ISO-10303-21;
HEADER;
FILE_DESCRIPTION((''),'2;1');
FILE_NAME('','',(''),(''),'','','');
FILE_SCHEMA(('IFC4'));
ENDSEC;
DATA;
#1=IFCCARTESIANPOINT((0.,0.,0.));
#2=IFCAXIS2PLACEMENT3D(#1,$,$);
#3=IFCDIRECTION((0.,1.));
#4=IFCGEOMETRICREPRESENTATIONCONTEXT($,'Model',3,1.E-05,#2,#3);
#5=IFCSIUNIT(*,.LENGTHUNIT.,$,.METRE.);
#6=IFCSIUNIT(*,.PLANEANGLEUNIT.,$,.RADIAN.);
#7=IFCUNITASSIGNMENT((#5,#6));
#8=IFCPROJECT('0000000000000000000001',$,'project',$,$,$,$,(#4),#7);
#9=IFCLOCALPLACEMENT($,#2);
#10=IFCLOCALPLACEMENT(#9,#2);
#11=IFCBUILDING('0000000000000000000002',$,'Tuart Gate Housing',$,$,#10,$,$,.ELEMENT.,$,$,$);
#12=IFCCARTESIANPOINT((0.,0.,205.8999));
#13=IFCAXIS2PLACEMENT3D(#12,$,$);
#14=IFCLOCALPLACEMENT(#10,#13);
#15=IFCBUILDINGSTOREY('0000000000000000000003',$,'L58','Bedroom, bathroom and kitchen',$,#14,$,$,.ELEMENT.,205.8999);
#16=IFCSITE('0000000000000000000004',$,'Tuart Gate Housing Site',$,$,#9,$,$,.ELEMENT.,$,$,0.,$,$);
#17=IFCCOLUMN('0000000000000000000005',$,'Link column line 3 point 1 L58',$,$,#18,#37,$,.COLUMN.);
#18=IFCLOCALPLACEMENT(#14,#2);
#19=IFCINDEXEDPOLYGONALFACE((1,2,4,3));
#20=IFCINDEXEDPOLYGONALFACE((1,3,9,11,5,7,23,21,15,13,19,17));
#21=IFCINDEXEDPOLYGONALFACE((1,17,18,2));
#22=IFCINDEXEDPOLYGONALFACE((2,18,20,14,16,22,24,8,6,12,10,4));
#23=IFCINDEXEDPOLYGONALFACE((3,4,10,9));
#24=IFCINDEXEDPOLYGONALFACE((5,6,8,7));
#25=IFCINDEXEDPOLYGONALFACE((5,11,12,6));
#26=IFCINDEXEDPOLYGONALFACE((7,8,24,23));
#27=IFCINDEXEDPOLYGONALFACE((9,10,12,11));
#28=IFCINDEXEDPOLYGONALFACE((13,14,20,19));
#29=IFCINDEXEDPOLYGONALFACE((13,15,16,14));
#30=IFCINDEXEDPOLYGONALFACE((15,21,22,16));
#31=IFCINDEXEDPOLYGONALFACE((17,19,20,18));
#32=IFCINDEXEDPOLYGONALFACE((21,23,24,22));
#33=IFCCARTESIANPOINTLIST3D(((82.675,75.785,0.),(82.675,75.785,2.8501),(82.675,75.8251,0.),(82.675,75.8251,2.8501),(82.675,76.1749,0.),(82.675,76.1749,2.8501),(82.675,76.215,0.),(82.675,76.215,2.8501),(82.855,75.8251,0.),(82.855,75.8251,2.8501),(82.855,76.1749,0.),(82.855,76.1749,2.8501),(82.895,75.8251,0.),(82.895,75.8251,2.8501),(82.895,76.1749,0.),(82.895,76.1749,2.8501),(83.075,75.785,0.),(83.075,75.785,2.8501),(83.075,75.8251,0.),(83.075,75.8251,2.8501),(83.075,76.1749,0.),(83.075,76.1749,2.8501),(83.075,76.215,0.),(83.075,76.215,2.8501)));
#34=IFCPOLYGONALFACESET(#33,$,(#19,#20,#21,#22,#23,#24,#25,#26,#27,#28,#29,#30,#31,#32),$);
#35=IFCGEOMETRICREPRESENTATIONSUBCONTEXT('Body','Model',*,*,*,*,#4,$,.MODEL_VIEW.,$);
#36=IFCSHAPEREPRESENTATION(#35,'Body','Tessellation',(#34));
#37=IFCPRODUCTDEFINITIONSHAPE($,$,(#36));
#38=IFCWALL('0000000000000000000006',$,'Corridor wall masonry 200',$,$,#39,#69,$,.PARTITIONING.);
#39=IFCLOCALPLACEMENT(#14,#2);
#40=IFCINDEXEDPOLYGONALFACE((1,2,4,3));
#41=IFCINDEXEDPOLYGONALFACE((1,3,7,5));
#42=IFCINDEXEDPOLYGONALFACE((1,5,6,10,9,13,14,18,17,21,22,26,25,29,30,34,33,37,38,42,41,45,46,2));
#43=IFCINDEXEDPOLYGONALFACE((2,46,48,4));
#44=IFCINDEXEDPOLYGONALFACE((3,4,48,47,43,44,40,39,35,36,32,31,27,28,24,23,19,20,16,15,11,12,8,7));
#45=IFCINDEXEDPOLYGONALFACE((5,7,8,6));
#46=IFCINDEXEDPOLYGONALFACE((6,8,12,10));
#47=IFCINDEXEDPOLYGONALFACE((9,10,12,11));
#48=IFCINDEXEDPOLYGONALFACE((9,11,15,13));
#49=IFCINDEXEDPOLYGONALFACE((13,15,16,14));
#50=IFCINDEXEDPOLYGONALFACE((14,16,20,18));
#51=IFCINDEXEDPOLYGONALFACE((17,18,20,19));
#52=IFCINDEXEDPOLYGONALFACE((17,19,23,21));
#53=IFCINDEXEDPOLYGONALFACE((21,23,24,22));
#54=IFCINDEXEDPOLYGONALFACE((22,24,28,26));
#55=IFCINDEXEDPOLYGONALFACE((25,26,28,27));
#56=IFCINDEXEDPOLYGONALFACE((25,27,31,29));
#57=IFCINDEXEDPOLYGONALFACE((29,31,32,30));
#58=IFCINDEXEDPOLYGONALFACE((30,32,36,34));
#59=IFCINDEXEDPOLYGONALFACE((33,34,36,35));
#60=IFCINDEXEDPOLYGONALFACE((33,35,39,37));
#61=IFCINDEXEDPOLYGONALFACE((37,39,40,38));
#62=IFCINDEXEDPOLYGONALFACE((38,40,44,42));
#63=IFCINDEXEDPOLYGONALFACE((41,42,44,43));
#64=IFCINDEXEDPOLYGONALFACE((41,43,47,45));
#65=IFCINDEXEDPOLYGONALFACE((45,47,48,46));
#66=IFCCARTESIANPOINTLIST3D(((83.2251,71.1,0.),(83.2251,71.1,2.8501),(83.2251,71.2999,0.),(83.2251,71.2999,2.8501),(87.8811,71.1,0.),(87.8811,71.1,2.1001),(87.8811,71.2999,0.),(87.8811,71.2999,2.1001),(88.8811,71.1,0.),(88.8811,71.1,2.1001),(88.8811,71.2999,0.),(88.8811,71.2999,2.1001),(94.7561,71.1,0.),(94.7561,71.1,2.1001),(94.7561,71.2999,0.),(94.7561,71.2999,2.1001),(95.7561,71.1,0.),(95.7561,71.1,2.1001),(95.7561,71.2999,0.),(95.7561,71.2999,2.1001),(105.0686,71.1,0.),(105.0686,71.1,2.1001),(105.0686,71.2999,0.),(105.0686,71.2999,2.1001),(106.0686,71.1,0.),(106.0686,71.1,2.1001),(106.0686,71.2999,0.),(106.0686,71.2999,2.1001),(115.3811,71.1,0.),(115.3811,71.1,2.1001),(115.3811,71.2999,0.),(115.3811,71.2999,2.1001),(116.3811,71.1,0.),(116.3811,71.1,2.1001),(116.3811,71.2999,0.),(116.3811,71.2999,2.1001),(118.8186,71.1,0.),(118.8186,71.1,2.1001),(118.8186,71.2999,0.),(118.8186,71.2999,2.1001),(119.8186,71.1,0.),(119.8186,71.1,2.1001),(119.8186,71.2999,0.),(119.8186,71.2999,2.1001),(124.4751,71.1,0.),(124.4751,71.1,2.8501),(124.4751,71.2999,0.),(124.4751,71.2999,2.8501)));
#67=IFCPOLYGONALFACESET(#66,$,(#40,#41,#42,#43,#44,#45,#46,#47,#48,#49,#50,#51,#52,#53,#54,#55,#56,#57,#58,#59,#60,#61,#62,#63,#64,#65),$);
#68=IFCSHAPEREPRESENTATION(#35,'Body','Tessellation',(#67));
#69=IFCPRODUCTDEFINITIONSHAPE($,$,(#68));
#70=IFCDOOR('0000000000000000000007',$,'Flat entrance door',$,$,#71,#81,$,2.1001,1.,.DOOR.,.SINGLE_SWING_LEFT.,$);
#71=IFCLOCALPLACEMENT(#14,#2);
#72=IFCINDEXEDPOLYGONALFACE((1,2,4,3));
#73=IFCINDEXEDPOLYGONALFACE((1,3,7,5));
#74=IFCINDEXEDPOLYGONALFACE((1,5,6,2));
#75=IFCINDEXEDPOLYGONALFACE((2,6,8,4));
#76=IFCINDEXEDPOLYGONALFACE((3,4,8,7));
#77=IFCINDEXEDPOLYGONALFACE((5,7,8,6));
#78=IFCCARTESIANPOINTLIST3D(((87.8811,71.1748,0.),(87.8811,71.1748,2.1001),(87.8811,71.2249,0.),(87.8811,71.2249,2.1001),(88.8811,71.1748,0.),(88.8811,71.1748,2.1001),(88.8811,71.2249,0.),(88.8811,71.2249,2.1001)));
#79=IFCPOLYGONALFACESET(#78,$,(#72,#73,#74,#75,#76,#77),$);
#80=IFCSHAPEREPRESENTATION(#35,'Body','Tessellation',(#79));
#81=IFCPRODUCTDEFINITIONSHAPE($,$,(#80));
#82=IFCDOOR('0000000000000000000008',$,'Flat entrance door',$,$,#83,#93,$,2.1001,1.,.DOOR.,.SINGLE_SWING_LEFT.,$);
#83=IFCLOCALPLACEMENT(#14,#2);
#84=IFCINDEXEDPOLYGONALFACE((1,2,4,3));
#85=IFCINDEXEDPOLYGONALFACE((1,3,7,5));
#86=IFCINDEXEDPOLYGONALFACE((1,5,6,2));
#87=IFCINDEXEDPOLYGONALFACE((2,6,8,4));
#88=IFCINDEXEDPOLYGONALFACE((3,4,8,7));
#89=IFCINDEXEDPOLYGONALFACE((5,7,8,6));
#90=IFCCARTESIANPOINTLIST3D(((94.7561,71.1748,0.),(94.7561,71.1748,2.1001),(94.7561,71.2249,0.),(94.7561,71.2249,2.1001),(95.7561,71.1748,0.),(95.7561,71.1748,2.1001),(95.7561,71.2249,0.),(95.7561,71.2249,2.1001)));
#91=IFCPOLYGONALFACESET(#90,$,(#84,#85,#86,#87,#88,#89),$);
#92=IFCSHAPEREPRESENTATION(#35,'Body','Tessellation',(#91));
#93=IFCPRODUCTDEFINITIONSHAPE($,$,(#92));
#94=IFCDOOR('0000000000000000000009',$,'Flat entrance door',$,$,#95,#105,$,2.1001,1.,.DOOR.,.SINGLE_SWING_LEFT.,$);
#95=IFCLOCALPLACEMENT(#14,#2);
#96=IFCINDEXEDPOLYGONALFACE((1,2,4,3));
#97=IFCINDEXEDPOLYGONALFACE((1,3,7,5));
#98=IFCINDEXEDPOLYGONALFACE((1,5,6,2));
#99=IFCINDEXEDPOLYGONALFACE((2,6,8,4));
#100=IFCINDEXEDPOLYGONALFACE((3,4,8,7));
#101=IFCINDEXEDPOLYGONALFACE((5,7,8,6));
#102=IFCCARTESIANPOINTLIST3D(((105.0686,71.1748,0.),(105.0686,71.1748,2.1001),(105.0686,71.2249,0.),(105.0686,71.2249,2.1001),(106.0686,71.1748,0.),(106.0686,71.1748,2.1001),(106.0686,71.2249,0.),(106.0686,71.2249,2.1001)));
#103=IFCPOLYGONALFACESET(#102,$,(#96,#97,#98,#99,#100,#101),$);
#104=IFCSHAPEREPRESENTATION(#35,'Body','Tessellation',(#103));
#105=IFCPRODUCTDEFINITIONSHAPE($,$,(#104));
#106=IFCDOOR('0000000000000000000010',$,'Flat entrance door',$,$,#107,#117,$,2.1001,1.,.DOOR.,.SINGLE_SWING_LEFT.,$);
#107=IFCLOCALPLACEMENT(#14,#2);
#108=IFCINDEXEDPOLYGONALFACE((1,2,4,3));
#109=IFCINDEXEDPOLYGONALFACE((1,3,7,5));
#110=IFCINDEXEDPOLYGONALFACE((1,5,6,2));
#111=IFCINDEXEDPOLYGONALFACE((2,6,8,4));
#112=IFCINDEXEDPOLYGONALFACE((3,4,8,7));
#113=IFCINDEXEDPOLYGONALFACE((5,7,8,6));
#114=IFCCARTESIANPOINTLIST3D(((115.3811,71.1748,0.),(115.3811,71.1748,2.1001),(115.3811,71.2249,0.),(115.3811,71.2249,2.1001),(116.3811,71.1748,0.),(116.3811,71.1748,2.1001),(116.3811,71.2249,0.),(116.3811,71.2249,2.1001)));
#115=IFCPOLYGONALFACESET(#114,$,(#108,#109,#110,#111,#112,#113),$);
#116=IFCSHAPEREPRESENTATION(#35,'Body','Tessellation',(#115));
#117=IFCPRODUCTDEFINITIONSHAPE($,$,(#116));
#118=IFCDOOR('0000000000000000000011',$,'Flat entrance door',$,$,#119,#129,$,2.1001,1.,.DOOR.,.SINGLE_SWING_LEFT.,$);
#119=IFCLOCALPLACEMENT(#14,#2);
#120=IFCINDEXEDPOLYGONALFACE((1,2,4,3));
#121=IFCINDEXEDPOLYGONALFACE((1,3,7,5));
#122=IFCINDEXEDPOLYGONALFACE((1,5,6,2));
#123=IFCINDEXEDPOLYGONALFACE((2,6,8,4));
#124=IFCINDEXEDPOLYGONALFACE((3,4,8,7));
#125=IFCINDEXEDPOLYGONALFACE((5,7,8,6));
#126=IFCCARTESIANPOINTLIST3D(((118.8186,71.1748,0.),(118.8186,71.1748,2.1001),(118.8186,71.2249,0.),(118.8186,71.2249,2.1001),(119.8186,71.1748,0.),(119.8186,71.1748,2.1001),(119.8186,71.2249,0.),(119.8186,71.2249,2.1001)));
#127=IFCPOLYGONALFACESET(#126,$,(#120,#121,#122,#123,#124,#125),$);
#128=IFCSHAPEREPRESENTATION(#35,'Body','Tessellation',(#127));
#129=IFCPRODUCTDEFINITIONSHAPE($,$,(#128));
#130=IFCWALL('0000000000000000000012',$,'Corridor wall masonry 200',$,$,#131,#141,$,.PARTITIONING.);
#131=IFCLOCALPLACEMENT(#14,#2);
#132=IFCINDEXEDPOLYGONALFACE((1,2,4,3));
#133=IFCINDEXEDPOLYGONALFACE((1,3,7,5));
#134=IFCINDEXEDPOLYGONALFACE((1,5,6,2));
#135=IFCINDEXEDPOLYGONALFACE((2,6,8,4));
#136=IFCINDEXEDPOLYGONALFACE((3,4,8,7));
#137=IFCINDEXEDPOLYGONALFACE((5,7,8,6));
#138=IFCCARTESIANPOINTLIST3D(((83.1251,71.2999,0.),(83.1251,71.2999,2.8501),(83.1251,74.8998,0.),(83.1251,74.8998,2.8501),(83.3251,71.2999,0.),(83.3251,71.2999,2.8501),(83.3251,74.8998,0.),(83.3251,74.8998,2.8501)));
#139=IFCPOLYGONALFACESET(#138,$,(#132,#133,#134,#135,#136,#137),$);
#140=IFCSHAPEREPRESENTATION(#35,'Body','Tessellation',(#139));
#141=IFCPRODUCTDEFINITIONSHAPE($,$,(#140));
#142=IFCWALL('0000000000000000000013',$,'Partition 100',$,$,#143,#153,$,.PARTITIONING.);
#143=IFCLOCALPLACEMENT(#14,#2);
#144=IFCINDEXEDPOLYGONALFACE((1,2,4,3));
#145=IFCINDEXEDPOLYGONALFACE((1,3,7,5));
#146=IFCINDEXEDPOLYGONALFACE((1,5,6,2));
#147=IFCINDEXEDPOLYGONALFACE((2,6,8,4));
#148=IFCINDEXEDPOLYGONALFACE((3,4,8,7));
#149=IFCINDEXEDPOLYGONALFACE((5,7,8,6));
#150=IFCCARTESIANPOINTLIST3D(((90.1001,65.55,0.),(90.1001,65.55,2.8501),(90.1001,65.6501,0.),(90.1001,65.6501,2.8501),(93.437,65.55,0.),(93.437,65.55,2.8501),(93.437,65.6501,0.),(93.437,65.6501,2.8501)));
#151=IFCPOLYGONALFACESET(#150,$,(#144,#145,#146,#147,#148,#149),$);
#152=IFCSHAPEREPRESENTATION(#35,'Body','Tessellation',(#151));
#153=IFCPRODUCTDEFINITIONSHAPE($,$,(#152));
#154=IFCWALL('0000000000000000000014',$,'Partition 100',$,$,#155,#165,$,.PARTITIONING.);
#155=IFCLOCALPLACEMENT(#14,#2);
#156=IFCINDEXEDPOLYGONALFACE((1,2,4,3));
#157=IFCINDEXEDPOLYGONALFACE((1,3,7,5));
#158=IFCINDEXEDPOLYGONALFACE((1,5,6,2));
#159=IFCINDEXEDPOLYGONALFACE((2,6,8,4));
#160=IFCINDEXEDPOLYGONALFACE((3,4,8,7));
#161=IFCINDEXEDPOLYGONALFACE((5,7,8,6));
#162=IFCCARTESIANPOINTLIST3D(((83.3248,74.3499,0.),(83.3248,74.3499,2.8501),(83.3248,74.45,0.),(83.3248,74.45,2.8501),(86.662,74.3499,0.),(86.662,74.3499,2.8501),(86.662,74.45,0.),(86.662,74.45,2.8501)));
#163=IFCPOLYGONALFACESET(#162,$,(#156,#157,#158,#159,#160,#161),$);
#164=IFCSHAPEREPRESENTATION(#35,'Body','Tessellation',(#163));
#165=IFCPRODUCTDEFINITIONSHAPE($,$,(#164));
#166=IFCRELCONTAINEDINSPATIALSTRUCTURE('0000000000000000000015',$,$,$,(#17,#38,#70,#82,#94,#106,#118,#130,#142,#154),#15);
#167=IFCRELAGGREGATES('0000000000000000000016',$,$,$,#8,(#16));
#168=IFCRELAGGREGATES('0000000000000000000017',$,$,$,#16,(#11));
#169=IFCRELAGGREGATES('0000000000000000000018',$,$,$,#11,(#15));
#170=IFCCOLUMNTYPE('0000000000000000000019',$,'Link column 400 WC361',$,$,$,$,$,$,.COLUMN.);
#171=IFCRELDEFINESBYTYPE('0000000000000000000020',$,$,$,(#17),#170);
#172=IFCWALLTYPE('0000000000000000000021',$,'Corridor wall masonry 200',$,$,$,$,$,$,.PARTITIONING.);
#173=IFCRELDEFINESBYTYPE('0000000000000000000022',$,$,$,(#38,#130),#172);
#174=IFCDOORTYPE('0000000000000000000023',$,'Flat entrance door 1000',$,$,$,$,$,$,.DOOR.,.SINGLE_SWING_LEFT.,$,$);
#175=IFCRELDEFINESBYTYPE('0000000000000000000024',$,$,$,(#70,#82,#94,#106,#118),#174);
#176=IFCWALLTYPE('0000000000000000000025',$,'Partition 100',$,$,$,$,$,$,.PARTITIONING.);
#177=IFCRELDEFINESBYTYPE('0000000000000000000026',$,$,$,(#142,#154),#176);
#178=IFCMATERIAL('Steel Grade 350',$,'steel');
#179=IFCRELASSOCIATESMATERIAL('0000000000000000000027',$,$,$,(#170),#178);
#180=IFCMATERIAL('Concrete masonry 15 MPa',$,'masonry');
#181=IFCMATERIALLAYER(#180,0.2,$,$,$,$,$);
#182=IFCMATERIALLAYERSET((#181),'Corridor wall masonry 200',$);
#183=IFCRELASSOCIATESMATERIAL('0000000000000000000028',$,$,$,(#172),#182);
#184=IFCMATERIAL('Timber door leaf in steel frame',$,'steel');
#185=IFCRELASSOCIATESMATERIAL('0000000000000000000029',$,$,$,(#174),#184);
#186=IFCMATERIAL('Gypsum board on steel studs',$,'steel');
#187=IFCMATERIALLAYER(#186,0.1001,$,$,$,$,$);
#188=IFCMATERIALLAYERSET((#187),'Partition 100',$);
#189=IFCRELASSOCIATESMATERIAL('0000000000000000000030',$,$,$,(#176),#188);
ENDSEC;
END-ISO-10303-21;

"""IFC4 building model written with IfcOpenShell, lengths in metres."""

from ifc_helpers import new_model, si_unit, direction, frame, frame_2d, origin, origin_2d, place, context, subcontext, project, spatial, rectangle, i_section, extrude, material, layer, layer_set, material_profile, profile_set, type_object, element, fill, save


model = new_model("IFC4")

# Units and contexts
model_context = context("Model", 3, precision=1e-05, world=origin(), true_north=direction((0.0, 1.0)))
body_context = subcontext(model_context, "Body", "Model", "MODEL_VIEW")
ifc_project = project(units=[si_unit("LENGTHUNIT", "METRE"), si_unit("PLANEANGLEUNIT", "RADIAN")], contexts=[model_context])

# Site, building, storey
site_placement = place(None, origin())
site = spatial("IfcSite", under=ifc_project, at=site_placement, Name="Tuart Gate Housing Site", CompositionType="ELEMENT", RefElevation=0.0)
building_placement = place(site_placement, origin())
building = spatial("IfcBuilding", under=site, at=building_placement, Name="Tuart Gate Housing", CompositionType="ELEMENT")
storey_placement = place(building_placement, frame((0.0, 0.0, 205.8999)))
storey = spatial("IfcBuildingStorey", under=building, at=storey_placement, Name="L58", Description="Bedroom, bathroom and kitchen", CompositionType="ELEMENT", Elevation=205.8999)

# Column
ifc_material_1 = material(Name="Steel Grade 350", Category="steel")
ifc_material_profile = material_profile(ifc_material_1, i_section(OverallWidth=0.3999, OverallDepth=0.4299, WebThickness=0.04, FlangeThickness=0.04, at=origin_2d()), Name="400WC361")
ifc_profile_set = profile_set([ifc_material_profile], Name="Steel Grade 350")
column_type = type_object("IfcColumnType", Name="Link column 400 WC361", PredefinedType="COLUMN", material=ifc_profile_set)
column_placement = place(storey_placement, frame((82.875, 76.0, 0.0), z_axis=(0.0, 0.0, 1.0), x_axis=(1.0, 0.0, 0.0)))
element("IfcColumn", 1, at=column_placement, inside=storey, type_object=column_type, Name="Link column line 3 point 1 L58", PredefinedType="COLUMN", context=body_context, shape_type="SweptSolid", body=[
    extrude(i_section(OverallWidth=0.3999, OverallDepth=0.4299, WebThickness=0.04, FlangeThickness=0.04, at=origin_2d()), origin(), (0.0, 0.0, 1.0), 2.8501),
])

# Wall, openings, doors
ifc_material_2 = material(Name="Concrete masonry 15 MPa", Category="masonry")
ifc_layer_1 = layer(ifc_material_2, 0.2)
ifc_layer_set_1 = layer_set([ifc_layer_1], Name="Corridor wall masonry 200")
wall_type_1 = type_object("IfcWallType", Name="Corridor wall masonry 200", PredefinedType="PARTITIONING", material=ifc_layer_set_1)
wall_1_placement = place(storey_placement, frame((83.2251, 71.2, 0.0), z_axis=(0.0, 0.0, 1.0), x_axis=(1.0, 0.0, 0.0)))
wall_1 = element("IfcWall", 2, at=wall_1_placement, inside=storey, type_object=wall_type_1, Name="Corridor wall masonry 200", PredefinedType="PARTITIONING", context=body_context, shape_type="SweptSolid", body=[
    extrude(rectangle(XDim=41.25, YDim=0.2, at=frame_2d((20.625, 0.0))), origin(), (0.0, 0.0, 1.0), 2.8501),
])
opening_1_placement = place(wall_1_placement, frame((4.656, 0.0, 0.0)))
opening_1 = element("IfcOpeningElement", 3, at=opening_1_placement, cuts=wall_1, PredefinedType="OPENING", context=body_context, shape_type="SweptSolid", body=[
    extrude(rectangle(XDim=1.0, YDim=2.1001, at=frame_2d((0.5, 1.05))), frame((0.0, 0.1099, 0.0), z_axis=(0.0, -1.0, 0.0), x_axis=(1.0, 0.0, 0.0)), (0.0, 0.0, 1.0), 0.22),
])
opening_2_placement = place(wall_1_placement, frame((11.531, 0.0, 0.0)))
opening_2 = element("IfcOpeningElement", 4, at=opening_2_placement, cuts=wall_1, PredefinedType="OPENING", context=body_context, shape_type="SweptSolid", body=[
    extrude(rectangle(XDim=1.0, YDim=2.1001, at=frame_2d((0.5, 1.05))), frame((0.0, 0.1099, 0.0), z_axis=(0.0, -1.0, 0.0), x_axis=(1.0, 0.0, 0.0)), (0.0, 0.0, 1.0), 0.22),
])
opening_3_placement = place(wall_1_placement, frame((21.8435, 0.0, 0.0)))
opening_3 = element("IfcOpeningElement", 5, at=opening_3_placement, cuts=wall_1, PredefinedType="OPENING", context=body_context, shape_type="SweptSolid", body=[
    extrude(rectangle(XDim=1.0, YDim=2.1001, at=frame_2d((0.5, 1.05))), frame((0.0, 0.1099, 0.0), z_axis=(0.0, -1.0, 0.0), x_axis=(1.0, 0.0, 0.0)), (0.0, 0.0, 1.0), 0.22),
])
opening_4_placement = place(wall_1_placement, frame((32.156, 0.0, 0.0)))
opening_4 = element("IfcOpeningElement", 6, at=opening_4_placement, cuts=wall_1, PredefinedType="OPENING", context=body_context, shape_type="SweptSolid", body=[
    extrude(rectangle(XDim=1.0, YDim=2.1001, at=frame_2d((0.5, 1.05))), frame((0.0, 0.1099, 0.0), z_axis=(0.0, -1.0, 0.0), x_axis=(1.0, 0.0, 0.0)), (0.0, 0.0, 1.0), 0.22),
])
opening_5_placement = place(wall_1_placement, frame((35.5935, 0.0, 0.0)))
opening_5 = element("IfcOpeningElement", 7, at=opening_5_placement, cuts=wall_1, PredefinedType="OPENING", context=body_context, shape_type="SweptSolid", body=[
    extrude(rectangle(XDim=1.0, YDim=2.1001, at=frame_2d((0.5, 1.05))), frame((0.0, 0.1099, 0.0), z_axis=(0.0, -1.0, 0.0), x_axis=(1.0, 0.0, 0.0)), (0.0, 0.0, 1.0), 0.22),
])
ifc_material_3 = material(Name="Timber door leaf in steel frame", Category="steel")
door_type_1 = type_object("IfcDoorType", Name="Flat entrance door 1000", OperationType="SINGLE_SWING_LEFT", PredefinedType="DOOR", material=ifc_material_3)
door_1_placement = place(opening_1_placement, origin())
door_1 = element("IfcDoor", 8, at=door_1_placement, inside=storey, type_object=door_type_1, Name="Flat entrance door", OperationType="SINGLE_SWING_LEFT", OverallHeight=2.1001, OverallWidth=1.0, PredefinedType="DOOR", context=body_context, shape_type="SweptSolid", body=[
    extrude(rectangle(XDim=1.0, YDim=2.1001, at=frame_2d((0.5, 1.05))), frame((0.0, 0.0249, 0.0), z_axis=(0.0, -1.0, 0.0), x_axis=(1.0, 0.0, 0.0)), (0.0, 0.0, 1.0), 0.05),
])
fill(opening_1, door_1)
door_2_placement = place(opening_2_placement, origin())
door_2 = element("IfcDoor", 9, at=door_2_placement, inside=storey, type_object=door_type_1, Name="Flat entrance door", OperationType="SINGLE_SWING_LEFT", OverallHeight=2.1001, OverallWidth=1.0, PredefinedType="DOOR", context=body_context, shape_type="SweptSolid", body=[
    extrude(rectangle(XDim=1.0, YDim=2.1001, at=frame_2d((0.5, 1.05))), frame((0.0, 0.0249, 0.0), z_axis=(0.0, -1.0, 0.0), x_axis=(1.0, 0.0, 0.0)), (0.0, 0.0, 1.0), 0.05),
])
fill(opening_2, door_2)
door_3_placement = place(opening_3_placement, origin())
door_3 = element("IfcDoor", 10, at=door_3_placement, inside=storey, type_object=door_type_1, Name="Flat entrance door", OperationType="SINGLE_SWING_LEFT", OverallHeight=2.1001, OverallWidth=1.0, PredefinedType="DOOR", context=body_context, shape_type="SweptSolid", body=[
    extrude(rectangle(XDim=1.0, YDim=2.1001, at=frame_2d((0.5, 1.05))), frame((0.0, 0.0249, 0.0), z_axis=(0.0, -1.0, 0.0), x_axis=(1.0, 0.0, 0.0)), (0.0, 0.0, 1.0), 0.05),
])
fill(opening_3, door_3)
door_4_placement = place(opening_4_placement, origin())
door_4 = element("IfcDoor", 11, at=door_4_placement, inside=storey, type_object=door_type_1, Name="Flat entrance door", OperationType="SINGLE_SWING_LEFT", OverallHeight=2.1001, OverallWidth=1.0, PredefinedType="DOOR", context=body_context, shape_type="SweptSolid", body=[
    extrude(rectangle(XDim=1.0, YDim=2.1001, at=frame_2d((0.5, 1.05))), frame((0.0, 0.0249, 0.0), z_axis=(0.0, -1.0, 0.0), x_axis=(1.0, 0.0, 0.0)), (0.0, 0.0, 1.0), 0.05),
])
fill(opening_4, door_4)
door_5_placement = place(opening_5_placement, origin())
door_5 = element("IfcDoor", 12, at=door_5_placement, inside=storey, type_object=door_type_1, Name="Flat entrance door", OperationType="SINGLE_SWING_LEFT", OverallHeight=2.1001, OverallWidth=1.0, PredefinedType="DOOR", context=body_context, shape_type="SweptSolid", body=[
    extrude(rectangle(XDim=1.0, YDim=2.1001, at=frame_2d((0.5, 1.05))), frame((0.0, 0.0249, 0.0), z_axis=(0.0, -1.0, 0.0), x_axis=(1.0, 0.0, 0.0)), (0.0, 0.0, 1.0), 0.05),
])
fill(opening_5, door_5)

# Walls
wall_2_placement = place(storey_placement, frame((83.2251, 71.3, 0.0), z_axis=(0.0, 0.0, 1.0), x_axis=(0.0, 1.0, 0.0)))
element("IfcWall", 13, at=wall_2_placement, inside=storey, type_object=wall_type_1, Name="Corridor wall masonry 200", PredefinedType="PARTITIONING", context=body_context, shape_type="SweptSolid", body=[
    extrude(rectangle(XDim=3.5999, YDim=0.2, at=frame_2d((1.7998, 0.0))), origin(), (0.0, 0.0, 1.0), 2.8501),
])
ifc_material_4 = material(Name="Gypsum board on steel studs", Category="steel")
ifc_layer_2 = layer(ifc_material_4, 0.1001)
ifc_layer_set_2 = layer_set([ifc_layer_2], Name="Partition 100")
wall_type_2 = type_object("IfcWallType", Name="Partition 100", PredefinedType="PARTITIONING", material=ifc_layer_set_2)
wall_3_placement = place(storey_placement, frame((90.1001, 65.6001, 0.0), z_axis=(0.0, 0.0, 1.0), x_axis=(1.0, 0.0, 0.0)))
element("IfcWall", 14, at=wall_3_placement, inside=storey, type_object=wall_type_2, Name="Partition 100", PredefinedType="PARTITIONING", context=body_context, shape_type="SweptSolid", body=[
    extrude(rectangle(XDim=3.3369, YDim=0.1001, at=frame_2d((1.6685, 0.0))), origin(), (0.0, 0.0, 1.0), 2.8501),
])
wall_4_placement = place(storey_placement, frame((83.325, 74.3999, 0.0), z_axis=(0.0, 0.0, 1.0), x_axis=(1.0, 0.0, 0.0)))
element("IfcWall", 15, at=wall_4_placement, inside=storey, type_object=wall_type_2, Name="Partition 100", PredefinedType="PARTITIONING", context=body_context, shape_type="SweptSolid", body=[
    extrude(rectangle(XDim=3.3372, YDim=0.1001, at=frame_2d((1.6685, 0.0))), origin(), (0.0, 0.0, 1.0), 2.8501),
])

save(model, "model.ifc")
